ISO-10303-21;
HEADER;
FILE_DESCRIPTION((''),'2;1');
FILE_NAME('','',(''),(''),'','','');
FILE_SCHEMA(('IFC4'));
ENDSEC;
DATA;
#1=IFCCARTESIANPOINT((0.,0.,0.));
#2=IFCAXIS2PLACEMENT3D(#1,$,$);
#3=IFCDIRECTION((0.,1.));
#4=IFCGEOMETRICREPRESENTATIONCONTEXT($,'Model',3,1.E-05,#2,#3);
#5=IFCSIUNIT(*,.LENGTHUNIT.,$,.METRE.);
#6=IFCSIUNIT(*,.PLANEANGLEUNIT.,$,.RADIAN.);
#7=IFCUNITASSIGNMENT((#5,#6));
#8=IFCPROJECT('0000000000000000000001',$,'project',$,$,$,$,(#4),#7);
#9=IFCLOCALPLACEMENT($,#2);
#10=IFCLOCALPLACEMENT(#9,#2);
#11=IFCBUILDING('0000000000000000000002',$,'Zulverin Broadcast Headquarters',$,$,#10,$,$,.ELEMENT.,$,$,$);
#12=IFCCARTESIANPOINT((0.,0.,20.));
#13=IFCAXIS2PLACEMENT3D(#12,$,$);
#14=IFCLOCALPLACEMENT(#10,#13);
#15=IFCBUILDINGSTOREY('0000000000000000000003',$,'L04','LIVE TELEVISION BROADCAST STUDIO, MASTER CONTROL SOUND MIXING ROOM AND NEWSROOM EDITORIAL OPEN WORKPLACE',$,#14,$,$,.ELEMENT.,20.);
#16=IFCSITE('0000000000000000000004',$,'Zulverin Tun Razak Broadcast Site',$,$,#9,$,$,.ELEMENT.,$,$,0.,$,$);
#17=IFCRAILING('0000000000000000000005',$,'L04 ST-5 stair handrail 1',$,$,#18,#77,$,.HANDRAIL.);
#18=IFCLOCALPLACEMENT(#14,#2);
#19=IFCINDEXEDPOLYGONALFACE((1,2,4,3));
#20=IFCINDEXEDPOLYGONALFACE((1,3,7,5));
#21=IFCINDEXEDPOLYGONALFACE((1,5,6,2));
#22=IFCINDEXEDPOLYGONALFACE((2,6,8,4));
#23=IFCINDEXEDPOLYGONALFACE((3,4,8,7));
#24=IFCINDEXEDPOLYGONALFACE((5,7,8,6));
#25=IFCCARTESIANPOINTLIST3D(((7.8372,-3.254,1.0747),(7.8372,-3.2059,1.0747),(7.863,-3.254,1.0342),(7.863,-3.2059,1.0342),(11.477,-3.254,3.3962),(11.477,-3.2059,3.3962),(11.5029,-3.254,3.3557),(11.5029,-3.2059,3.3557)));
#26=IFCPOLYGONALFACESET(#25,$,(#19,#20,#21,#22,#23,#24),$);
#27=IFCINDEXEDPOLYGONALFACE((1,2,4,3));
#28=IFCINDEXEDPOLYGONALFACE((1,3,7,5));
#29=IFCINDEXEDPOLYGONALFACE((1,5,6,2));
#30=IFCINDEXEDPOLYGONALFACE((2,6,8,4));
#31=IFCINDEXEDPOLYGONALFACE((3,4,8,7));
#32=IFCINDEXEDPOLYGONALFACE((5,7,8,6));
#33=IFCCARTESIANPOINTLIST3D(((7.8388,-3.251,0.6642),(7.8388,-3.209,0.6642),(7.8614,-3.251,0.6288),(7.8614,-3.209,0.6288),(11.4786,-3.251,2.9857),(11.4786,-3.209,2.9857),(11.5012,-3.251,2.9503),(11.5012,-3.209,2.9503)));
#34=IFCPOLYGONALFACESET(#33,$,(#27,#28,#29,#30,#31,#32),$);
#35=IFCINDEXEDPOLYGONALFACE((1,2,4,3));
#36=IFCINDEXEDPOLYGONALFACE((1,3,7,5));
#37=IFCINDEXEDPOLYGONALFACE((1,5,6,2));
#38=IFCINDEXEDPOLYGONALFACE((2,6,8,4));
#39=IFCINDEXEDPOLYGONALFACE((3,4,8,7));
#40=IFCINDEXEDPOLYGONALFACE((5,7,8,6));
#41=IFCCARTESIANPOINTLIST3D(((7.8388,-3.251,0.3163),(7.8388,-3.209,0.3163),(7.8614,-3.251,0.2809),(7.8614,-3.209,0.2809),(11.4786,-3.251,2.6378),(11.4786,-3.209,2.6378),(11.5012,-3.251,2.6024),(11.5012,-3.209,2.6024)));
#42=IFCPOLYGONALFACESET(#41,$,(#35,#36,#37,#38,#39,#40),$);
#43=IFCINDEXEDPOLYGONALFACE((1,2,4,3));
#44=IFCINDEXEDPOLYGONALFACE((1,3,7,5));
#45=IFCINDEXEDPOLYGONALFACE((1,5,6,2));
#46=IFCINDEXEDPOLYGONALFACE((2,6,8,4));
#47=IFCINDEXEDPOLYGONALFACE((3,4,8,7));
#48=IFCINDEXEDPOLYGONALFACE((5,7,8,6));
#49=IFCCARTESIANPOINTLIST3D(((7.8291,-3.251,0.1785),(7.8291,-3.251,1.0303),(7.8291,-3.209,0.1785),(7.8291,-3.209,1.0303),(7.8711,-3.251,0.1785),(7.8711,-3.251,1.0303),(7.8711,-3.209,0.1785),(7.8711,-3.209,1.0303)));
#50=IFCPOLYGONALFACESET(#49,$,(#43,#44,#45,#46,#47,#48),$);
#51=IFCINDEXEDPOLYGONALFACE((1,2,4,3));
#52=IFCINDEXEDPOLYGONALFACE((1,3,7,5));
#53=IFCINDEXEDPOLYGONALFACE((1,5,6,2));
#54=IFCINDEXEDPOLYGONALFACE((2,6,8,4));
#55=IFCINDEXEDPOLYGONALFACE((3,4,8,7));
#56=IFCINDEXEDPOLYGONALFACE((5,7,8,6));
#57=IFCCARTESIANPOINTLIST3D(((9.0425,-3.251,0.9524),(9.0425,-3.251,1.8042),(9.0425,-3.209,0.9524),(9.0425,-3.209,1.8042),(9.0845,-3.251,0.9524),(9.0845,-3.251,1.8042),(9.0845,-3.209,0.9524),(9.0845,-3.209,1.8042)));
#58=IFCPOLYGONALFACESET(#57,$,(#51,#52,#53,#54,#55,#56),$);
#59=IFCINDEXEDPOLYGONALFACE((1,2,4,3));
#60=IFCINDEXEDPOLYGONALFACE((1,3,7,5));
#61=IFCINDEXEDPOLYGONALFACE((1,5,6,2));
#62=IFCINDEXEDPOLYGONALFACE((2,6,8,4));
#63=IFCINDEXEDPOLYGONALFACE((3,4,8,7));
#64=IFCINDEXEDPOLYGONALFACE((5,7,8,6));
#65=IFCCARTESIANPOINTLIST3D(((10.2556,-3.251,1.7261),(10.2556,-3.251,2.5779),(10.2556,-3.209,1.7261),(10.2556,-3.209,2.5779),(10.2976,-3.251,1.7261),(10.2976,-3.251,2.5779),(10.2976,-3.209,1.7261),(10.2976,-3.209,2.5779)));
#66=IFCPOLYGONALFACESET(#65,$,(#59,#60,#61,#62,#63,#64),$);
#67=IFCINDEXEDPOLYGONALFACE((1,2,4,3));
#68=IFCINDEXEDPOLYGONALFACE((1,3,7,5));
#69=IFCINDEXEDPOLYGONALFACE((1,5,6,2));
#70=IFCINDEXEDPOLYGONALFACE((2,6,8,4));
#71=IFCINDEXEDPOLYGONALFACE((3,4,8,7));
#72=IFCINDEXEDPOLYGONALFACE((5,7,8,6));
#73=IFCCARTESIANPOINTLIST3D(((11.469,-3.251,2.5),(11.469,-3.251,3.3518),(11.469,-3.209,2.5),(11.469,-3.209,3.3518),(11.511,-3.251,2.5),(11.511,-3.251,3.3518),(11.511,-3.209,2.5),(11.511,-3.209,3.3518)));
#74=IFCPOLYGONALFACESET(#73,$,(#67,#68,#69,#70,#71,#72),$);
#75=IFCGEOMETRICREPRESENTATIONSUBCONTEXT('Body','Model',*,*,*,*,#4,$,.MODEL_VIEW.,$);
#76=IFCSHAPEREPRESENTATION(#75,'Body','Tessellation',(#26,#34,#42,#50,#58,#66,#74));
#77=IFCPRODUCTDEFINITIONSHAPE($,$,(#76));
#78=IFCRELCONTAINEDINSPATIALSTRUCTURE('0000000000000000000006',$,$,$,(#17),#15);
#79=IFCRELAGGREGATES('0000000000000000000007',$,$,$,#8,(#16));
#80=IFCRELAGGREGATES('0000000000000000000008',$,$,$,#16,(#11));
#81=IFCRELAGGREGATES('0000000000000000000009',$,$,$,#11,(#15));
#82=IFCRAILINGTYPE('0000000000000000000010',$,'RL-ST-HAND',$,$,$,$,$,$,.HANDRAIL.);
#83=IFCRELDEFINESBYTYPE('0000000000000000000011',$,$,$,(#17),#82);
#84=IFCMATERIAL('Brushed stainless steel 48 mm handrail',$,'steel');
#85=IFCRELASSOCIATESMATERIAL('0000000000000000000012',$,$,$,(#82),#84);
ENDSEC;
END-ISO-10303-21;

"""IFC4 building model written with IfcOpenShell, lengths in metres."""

from ifc_helpers import new_model, si_unit, direction, frame, origin, origin_2d, place, context, subcontext, project, spatial, rectangle, extrude, material, type_object, element, save


model = new_model("IFC4")

# Units and contexts
model_context = context("Model", 3, precision=1e-05, world=origin(), true_north=direction((0.0, 1.0)))
body_context = subcontext(model_context, "Body", "Model", "MODEL_VIEW")
ifc_project = project(units=[si_unit("LENGTHUNIT", "METRE"), si_unit("PLANEANGLEUNIT", "RADIAN")], contexts=[model_context])

# Site, building, storey
site_placement = place(None, origin())
site = spatial("IfcSite", under=ifc_project, at=site_placement, Name="Zulverin Tun Razak Broadcast Site", CompositionType="ELEMENT", RefElevation=0.0)
building_placement = place(site_placement, origin())
building = spatial("IfcBuilding", under=site, at=building_placement, Name="Zulverin Broadcast Headquarters", CompositionType="ELEMENT")
storey_placement = place(building_placement, frame((0.0, 0.0, 20.0)))
storey = spatial("IfcBuildingStorey", under=building, at=storey_placement, Name="L04", Description="LIVE TELEVISION BROADCAST STUDIO, MASTER CONTROL SOUND MIXING ROOM AND NEWSROOM EDITORIAL OPEN WORKPLACE", CompositionType="ELEMENT", Elevation=20.0)

# Railing
ifc_material_1 = material(Name="Brushed stainless steel 48 mm handrail", Category="steel")
railing_type_1 = type_object("IfcRailingType", Name="RL-ST-HAND", PredefinedType="HANDRAIL", material=ifc_material_1)
railing_1_placement = place(storey_placement, frame((7.8501, -3.23, 0.1785)))
element("IfcRailing", 1, at=railing_1_placement, inside=storey, type_object=railing_type_1, Name="L04 ST-5 stair handrail 1", PredefinedType="HANDRAIL", context=body_context, shape_type="SweptSolid", body=[
    extrude(rectangle(XDim=0.0481, YDim=0.0481, at=origin_2d()), frame((0.0, 0.0, 0.876), z_axis=(0.843112, 0.0, 0.537739), x_axis=(0.0, 1.0, 0.0)), (0.0, 0.0, 1.0), 4.3171),
    extrude(rectangle(XDim=0.042, YDim=0.042, at=origin_2d()), frame((0.0, 0.0, 0.468), z_axis=(0.843112, 0.0, 0.537739), x_axis=(0.0, 1.0, 0.0)), (0.0, 0.0, 1.0), 4.3171),
    extrude(rectangle(XDim=0.042, YDim=0.042, at=origin_2d()), frame((0.0, 0.0, 0.1201), z_axis=(0.843112, 0.0, 0.537739), x_axis=(0.0, 1.0, 0.0)), (0.0, 0.0, 1.0), 4.3171),
    extrude(rectangle(XDim=0.042, YDim=0.042, at=origin_2d()), origin(), (0.0, 0.0, 1.0), 0.8518),
    extrude(rectangle(XDim=0.042, YDim=0.042, at=origin_2d()), frame((1.2134, 0.0, 0.7739)), (0.0, 0.0, 1.0), 0.8518),
    extrude(rectangle(XDim=0.042, YDim=0.042, at=origin_2d()), frame((2.4265, 0.0, 1.5476)), (0.0, 0.0, 1.0), 0.8518),
    extrude(rectangle(XDim=0.042, YDim=0.042, at=origin_2d()), frame((3.6399, 0.0, 2.3215)), (0.0, 0.0, 1.0), 0.8518),
])

save(model, "model.ifc")
